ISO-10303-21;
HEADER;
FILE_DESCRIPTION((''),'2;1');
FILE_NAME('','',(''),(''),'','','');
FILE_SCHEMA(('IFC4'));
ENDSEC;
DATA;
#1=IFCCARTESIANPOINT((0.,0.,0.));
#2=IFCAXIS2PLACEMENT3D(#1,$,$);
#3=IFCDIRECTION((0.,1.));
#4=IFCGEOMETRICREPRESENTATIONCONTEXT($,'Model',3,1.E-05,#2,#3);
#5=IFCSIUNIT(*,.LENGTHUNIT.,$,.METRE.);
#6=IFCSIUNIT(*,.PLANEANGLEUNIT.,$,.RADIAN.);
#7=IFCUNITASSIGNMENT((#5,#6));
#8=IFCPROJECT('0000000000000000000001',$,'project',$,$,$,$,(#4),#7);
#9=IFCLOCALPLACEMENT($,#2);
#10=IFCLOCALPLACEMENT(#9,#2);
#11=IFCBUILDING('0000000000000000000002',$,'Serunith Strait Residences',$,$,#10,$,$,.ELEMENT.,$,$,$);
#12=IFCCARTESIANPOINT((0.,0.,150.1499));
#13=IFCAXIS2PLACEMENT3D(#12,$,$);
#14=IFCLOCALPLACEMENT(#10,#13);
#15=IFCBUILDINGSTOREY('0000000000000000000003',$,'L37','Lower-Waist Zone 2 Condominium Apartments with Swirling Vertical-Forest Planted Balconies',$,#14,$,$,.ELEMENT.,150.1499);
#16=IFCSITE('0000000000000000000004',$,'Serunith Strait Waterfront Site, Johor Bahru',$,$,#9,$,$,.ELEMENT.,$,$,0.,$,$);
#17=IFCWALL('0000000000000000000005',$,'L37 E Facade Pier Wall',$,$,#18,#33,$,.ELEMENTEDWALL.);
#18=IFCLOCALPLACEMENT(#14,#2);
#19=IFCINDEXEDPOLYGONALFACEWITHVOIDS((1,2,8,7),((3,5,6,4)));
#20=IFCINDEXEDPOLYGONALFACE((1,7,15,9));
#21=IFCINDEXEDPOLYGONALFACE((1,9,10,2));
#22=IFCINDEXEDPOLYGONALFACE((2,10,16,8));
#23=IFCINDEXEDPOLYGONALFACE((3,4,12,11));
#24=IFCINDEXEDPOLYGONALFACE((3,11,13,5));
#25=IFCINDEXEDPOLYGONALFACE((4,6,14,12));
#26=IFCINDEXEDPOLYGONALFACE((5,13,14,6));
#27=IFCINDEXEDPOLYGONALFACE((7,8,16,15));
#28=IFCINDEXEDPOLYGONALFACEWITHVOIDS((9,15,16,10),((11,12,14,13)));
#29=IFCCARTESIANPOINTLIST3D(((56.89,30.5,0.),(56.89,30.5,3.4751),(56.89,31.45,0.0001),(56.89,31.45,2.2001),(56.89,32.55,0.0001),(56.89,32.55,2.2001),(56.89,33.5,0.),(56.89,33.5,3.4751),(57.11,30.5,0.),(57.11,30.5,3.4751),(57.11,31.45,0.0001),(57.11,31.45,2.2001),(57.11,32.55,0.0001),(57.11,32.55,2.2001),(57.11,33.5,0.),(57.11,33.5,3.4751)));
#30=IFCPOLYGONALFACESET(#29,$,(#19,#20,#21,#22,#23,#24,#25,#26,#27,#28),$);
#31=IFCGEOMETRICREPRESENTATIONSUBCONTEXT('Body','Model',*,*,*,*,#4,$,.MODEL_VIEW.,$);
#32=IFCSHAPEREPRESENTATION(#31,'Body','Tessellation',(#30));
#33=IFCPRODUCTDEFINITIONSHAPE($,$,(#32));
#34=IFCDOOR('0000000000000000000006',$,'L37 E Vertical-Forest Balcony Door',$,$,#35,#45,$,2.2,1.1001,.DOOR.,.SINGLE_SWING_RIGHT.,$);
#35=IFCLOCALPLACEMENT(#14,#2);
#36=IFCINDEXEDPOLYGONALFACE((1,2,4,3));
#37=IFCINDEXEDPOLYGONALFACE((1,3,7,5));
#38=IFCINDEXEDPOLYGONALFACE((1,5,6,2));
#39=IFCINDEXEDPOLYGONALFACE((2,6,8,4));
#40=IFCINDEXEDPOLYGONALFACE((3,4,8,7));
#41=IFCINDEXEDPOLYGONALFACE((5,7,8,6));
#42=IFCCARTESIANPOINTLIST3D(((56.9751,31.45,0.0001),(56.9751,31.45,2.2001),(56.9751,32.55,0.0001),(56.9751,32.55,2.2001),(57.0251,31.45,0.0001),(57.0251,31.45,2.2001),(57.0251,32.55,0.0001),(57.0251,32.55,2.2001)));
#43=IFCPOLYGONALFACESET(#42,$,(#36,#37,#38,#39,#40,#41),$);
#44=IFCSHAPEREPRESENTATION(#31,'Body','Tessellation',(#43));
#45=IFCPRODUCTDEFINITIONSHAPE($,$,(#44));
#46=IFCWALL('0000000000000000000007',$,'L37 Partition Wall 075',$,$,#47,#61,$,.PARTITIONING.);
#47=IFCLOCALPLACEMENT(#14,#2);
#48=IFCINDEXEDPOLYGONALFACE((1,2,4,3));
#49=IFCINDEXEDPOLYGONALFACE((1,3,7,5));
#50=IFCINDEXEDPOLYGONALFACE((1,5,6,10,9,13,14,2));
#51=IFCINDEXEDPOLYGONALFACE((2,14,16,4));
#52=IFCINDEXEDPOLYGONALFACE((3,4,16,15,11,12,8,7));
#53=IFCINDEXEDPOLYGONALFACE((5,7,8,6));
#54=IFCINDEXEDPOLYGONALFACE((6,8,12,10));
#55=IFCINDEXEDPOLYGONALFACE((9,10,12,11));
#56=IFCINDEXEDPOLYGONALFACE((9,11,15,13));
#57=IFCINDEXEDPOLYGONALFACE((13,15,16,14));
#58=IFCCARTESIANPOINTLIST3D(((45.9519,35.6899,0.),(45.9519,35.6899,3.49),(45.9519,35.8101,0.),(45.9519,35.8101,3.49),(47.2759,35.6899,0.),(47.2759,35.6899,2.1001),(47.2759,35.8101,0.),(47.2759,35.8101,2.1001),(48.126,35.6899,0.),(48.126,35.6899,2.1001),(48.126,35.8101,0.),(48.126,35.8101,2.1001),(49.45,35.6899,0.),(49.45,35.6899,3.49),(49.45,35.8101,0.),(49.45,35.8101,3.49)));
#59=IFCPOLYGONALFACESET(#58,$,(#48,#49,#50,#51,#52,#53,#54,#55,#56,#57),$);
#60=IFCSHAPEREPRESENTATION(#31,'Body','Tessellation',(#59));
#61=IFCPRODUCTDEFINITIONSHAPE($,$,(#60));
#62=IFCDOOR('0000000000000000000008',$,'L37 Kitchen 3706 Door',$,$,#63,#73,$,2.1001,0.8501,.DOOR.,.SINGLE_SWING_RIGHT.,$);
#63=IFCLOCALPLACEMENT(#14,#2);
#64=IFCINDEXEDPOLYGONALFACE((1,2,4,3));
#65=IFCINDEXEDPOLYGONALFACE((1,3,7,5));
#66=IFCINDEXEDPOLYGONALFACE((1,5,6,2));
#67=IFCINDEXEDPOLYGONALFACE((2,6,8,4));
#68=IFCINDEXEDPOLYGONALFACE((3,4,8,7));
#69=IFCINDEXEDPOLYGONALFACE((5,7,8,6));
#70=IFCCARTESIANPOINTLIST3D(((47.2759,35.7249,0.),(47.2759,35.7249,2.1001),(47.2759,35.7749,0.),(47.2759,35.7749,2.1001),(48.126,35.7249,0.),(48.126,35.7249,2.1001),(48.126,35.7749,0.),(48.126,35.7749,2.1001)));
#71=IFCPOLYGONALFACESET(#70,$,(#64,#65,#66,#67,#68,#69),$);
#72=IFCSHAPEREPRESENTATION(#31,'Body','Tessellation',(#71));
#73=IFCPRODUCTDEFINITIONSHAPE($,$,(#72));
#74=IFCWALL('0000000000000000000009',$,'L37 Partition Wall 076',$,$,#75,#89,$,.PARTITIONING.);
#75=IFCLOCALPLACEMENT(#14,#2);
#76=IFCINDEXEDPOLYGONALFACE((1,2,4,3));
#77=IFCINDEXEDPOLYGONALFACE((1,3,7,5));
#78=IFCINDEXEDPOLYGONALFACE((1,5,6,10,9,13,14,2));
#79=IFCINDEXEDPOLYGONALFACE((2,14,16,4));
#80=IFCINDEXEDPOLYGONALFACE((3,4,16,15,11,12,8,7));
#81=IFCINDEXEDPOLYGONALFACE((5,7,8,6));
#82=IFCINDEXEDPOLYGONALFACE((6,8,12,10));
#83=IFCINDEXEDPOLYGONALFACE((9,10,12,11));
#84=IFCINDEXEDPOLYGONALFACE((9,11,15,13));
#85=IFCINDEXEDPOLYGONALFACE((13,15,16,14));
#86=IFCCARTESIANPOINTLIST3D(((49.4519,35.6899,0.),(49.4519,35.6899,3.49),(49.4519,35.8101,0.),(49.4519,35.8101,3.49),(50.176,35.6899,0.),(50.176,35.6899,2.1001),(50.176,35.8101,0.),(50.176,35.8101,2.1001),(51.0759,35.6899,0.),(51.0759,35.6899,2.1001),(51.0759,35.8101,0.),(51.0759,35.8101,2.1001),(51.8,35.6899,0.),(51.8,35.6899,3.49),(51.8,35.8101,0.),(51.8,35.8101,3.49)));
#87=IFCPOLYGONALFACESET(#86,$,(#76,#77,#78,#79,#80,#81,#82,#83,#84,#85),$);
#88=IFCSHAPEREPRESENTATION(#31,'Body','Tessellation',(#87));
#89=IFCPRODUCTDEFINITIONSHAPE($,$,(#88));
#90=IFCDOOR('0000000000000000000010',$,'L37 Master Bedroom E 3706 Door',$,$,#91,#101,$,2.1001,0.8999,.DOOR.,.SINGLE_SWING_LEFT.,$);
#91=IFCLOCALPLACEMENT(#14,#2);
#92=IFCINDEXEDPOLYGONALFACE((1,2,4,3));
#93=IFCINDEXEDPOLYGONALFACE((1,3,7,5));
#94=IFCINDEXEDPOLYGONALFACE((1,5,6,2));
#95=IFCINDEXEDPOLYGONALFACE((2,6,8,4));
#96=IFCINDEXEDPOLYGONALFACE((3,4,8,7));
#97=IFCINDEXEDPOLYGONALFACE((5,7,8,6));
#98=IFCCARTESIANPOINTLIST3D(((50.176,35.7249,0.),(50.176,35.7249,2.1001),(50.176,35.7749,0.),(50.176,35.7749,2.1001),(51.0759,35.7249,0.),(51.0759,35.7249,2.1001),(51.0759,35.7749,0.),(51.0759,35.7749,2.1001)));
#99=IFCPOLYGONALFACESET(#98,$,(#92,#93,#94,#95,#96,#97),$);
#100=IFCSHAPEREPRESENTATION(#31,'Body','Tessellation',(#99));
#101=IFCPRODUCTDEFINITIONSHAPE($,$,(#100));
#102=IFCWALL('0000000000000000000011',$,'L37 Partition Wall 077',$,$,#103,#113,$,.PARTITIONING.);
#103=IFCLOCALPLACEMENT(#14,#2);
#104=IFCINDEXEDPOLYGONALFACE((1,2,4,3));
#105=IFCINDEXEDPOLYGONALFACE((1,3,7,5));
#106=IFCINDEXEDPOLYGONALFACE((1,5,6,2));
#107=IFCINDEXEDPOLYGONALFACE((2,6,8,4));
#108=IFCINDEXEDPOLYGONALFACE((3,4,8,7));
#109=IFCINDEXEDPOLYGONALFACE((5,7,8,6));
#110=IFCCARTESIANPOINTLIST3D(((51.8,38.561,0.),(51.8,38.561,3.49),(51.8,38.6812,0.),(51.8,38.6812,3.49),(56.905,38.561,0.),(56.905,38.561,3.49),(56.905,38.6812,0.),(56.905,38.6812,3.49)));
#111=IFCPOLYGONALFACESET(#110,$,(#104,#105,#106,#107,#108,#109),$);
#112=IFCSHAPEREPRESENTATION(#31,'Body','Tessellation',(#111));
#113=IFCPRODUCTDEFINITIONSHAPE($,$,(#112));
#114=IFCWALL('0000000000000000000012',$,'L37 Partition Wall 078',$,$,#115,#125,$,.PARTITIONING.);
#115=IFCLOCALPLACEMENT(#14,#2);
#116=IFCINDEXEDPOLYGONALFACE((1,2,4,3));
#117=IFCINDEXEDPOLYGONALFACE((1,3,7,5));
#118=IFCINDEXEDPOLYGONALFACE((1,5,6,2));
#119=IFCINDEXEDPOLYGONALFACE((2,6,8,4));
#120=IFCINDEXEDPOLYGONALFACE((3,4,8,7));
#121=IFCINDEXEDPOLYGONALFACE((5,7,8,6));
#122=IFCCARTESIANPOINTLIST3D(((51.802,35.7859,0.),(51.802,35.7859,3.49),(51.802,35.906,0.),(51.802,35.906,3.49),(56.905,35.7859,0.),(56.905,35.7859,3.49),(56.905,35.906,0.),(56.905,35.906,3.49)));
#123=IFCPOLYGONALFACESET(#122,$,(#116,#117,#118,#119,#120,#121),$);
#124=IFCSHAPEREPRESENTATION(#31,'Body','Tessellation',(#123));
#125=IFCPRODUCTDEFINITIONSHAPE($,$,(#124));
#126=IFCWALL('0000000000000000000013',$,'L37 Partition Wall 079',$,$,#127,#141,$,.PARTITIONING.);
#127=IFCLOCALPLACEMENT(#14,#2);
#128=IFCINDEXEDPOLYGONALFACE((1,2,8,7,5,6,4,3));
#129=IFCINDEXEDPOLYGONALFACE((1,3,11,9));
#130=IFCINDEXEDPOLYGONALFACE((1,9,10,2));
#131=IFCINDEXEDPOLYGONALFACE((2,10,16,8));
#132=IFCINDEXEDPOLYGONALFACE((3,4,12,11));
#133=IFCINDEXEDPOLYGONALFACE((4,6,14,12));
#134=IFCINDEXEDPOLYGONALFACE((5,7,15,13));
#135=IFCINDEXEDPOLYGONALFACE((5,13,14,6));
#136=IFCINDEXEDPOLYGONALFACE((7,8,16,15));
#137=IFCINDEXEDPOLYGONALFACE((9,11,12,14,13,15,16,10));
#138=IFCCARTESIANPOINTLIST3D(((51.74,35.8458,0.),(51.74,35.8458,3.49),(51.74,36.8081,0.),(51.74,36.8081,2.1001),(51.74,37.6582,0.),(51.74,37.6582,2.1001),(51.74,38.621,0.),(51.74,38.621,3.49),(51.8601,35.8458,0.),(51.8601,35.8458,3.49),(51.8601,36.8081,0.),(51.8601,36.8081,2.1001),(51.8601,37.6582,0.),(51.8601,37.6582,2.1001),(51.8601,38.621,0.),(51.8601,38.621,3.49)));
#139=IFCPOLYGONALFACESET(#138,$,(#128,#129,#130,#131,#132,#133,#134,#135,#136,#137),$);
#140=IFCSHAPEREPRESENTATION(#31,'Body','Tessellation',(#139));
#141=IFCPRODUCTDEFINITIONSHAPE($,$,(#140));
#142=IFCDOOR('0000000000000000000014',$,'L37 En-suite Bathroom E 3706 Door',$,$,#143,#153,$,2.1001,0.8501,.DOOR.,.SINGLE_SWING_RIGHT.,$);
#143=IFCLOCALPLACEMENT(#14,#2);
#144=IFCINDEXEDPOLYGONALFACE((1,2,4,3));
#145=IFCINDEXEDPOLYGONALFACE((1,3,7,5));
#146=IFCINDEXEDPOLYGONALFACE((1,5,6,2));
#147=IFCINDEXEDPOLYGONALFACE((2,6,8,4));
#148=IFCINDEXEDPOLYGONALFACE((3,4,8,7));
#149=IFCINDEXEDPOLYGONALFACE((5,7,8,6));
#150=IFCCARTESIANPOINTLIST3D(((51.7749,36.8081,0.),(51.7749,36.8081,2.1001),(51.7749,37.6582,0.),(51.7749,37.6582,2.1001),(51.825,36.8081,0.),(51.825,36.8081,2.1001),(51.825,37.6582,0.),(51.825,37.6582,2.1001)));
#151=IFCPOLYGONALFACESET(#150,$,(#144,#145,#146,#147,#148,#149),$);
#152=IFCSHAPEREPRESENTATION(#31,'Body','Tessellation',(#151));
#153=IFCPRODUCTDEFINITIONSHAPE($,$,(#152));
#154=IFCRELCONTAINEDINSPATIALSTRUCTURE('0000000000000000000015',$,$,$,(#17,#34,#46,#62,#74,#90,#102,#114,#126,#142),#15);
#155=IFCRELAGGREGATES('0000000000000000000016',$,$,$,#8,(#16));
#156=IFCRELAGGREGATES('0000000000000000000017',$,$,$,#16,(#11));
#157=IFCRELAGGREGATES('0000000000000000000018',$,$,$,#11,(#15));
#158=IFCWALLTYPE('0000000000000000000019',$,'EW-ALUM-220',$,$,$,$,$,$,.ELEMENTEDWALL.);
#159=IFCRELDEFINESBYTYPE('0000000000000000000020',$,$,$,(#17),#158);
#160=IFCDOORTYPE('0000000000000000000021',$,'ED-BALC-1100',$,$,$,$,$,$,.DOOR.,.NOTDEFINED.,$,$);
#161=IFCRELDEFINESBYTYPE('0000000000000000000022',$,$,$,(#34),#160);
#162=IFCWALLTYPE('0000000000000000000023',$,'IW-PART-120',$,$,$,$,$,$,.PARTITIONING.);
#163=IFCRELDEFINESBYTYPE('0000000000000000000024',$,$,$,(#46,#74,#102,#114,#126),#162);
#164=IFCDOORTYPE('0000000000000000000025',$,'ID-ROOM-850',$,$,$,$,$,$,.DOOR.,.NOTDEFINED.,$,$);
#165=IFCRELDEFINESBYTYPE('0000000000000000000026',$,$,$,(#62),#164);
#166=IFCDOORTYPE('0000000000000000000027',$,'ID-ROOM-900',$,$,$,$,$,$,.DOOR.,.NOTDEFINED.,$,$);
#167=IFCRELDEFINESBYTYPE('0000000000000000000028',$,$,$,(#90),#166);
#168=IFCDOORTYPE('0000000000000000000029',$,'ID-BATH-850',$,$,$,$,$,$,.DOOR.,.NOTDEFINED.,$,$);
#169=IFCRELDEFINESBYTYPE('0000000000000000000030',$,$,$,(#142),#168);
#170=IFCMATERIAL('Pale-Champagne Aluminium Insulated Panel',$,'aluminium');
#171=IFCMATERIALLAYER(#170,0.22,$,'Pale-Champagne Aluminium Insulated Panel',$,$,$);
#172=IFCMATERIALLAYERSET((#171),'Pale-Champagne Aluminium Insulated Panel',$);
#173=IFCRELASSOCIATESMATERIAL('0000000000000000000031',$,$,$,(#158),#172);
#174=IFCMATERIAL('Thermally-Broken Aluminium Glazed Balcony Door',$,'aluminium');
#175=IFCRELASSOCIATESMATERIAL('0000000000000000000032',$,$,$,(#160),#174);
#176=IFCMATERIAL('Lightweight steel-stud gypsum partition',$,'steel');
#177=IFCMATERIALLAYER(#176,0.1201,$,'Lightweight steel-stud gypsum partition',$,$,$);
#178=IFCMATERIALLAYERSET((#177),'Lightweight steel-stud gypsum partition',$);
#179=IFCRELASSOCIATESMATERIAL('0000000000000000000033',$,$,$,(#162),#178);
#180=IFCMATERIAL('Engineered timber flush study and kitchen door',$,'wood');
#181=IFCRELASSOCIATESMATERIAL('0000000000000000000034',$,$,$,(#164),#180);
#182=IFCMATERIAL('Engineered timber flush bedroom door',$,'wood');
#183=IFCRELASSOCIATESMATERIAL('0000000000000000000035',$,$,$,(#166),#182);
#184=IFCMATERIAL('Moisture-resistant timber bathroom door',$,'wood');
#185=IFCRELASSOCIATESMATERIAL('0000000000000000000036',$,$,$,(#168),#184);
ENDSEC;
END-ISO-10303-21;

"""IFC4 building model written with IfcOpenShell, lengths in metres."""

from ifc_helpers import new_model, si_unit, direction, frame, frame_2d, origin, place, context, subcontext, project, spatial, rectangle, extrude, source, transform, mapped, material, layer, layer_set, type_object, element, fill, save


model = new_model("IFC4")

# Units and contexts
model_context = context("Model", 3, precision=1e-05, world=origin(), true_north=direction((0.0, 1.0)))
body_context = subcontext(model_context, "Body", "Model", "MODEL_VIEW")
ifc_project = project(units=[si_unit("LENGTHUNIT", "METRE"), si_unit("PLANEANGLEUNIT", "RADIAN")], contexts=[model_context])

# Site, building, storey
site_placement = place(None, origin())
site = spatial("IfcSite", under=ifc_project, at=site_placement, Name="Serunith Strait Waterfront Site, Johor Bahru", CompositionType="ELEMENT", RefElevation=0.0)
building_placement = place(site_placement, origin())
building = spatial("IfcBuilding", under=site, at=building_placement, Name="Serunith Strait Residences", CompositionType="ELEMENT")
storey_placement = place(building_placement, frame((0.0, 0.0, 150.1499)))
storey = spatial("IfcBuildingStorey", under=building, at=storey_placement, Name="L37", Description="Lower-Waist Zone 2 Condominium Apartments with Swirling Vertical-Forest Planted Balconies", CompositionType="ELEMENT", Elevation=150.1499)

# Walls, openings, doors
ifc_material_1 = material(Name="Pale-Champagne Aluminium Insulated Panel", Category="aluminium")
ifc_layer_1 = layer(ifc_material_1, 0.22, Name="Pale-Champagne Aluminium Insulated Panel")
ifc_layer_set_1 = layer_set([ifc_layer_1], Name="Pale-Champagne Aluminium Insulated Panel")
wall_type_1 = type_object("IfcWallType", Name="EW-ALUM-220", PredefinedType="ELEMENTEDWALL", material=ifc_layer_set_1)
wall_1_placement = place(storey_placement, frame((57.0, 30.5, 0.0), z_axis=(0.0, 0.0, 1.0), x_axis=(0.0, 1.0, 0.0)))
wall_1 = element("IfcWall", 1, at=wall_1_placement, inside=storey, type_object=wall_type_1, Name="L37 E Facade Pier Wall", PredefinedType="ELEMENTEDWALL", context=body_context, shape_type="SweptSolid", body=[
    extrude(rectangle(XDim=3.0, YDim=0.22, at=frame_2d((1.5, 0.0))), origin(), (0.0, 0.0, 1.0), 3.4751),
])
opening_1_placement = place(wall_1_placement, frame((0.95, 0.0, 0.0)))
opening_1 = element("IfcOpeningElement", 2, at=opening_1_placement, cuts=wall_1, PredefinedType="OPENING", context=body_context, shape_type="SweptSolid", body=[
    extrude(rectangle(XDim=1.1001, YDim=2.2, at=frame_2d((0.55, 1.1001))), frame((0.0, 0.1201, 0.0), z_axis=(0.0, -1.0, 0.0), x_axis=(1.0, 0.0, 0.0)), (0.0, 0.0, 1.0), 0.24),
])
ifc_material_2 = material(Name="Thermally-Broken Aluminium Glazed Balcony Door", Category="aluminium")
door_type_1 = type_object("IfcDoorType", Name="ED-BALC-1100", OperationType="NOTDEFINED", PredefinedType="DOOR", material=ifc_material_2)
shared_shape_1 = source(origin(), body_context, "Body", "SweptSolid", [
    extrude(rectangle(XDim=1.1001, YDim=2.2, at=frame_2d((0.55, 1.1001))), frame((0.0, 0.0249, 0.0), z_axis=(0.0, -1.0, 0.0), x_axis=(1.0, 0.0, 0.0)), (0.0, 0.0, 1.0), 0.05),
])
door_1_placement = place(opening_1_placement, origin())
door_1 = element("IfcDoor", 3, at=door_1_placement, inside=storey, type_object=door_type_1, Name="L37 E Vertical-Forest Balcony Door", OperationType="SINGLE_SWING_RIGHT", OverallHeight=2.2, OverallWidth=1.1001, PredefinedType="DOOR", context=body_context, shape_type="MappedRepresentation", body=[
    mapped(shared_shape_1, transform((0.0, 0.0, 0.0), scale=1.0)),
])
fill(opening_1, door_1)
ifc_material_3 = material(Name="Lightweight steel-stud gypsum partition", Category="steel")
ifc_layer_2 = layer(ifc_material_3, 0.1201, Name="Lightweight steel-stud gypsum partition")
ifc_layer_set_2 = layer_set([ifc_layer_2], Name="Lightweight steel-stud gypsum partition")
wall_type_2 = type_object("IfcWallType", Name="IW-PART-120", PredefinedType="PARTITIONING", material=ifc_layer_set_2)
wall_2_placement = place(storey_placement, frame((45.9519, 35.75, 0.0), z_axis=(0.0, 0.0, 1.0), x_axis=(1.0, 0.0, 0.0)))
wall_2 = element("IfcWall", 4, at=wall_2_placement, inside=storey, type_object=wall_type_2, Name="L37 Partition Wall 075", PredefinedType="PARTITIONING", context=body_context, shape_type="SweptSolid", body=[
    extrude(rectangle(XDim=3.498, YDim=0.1201, at=frame_2d((1.749, 0.0))), origin(), (0.0, 0.0, 1.0), 3.49),
])
opening_2_placement = place(wall_2_placement, frame((1.324, 0.0, 0.0)))
opening_2 = element("IfcOpeningElement", 5, at=opening_2_placement, cuts=wall_2, PredefinedType="OPENING", context=body_context, shape_type="SweptSolid", body=[
    extrude(rectangle(XDim=0.8501, YDim=2.1001, at=frame_2d((0.425, 1.05))), frame((0.0, 0.0701, 0.0), z_axis=(0.0, -1.0, 0.0), x_axis=(1.0, 0.0, 0.0)), (0.0, 0.0, 1.0), 0.1401),
])
ifc_material_4 = material(Name="Engineered timber flush study and kitchen door", Category="wood")
door_type_2 = type_object("IfcDoorType", Name="ID-ROOM-850", OperationType="NOTDEFINED", PredefinedType="DOOR", material=ifc_material_4)
shared_shape_2 = source(origin(), body_context, "Body", "SweptSolid", [
    extrude(rectangle(XDim=0.8501, YDim=2.1001, at=frame_2d((0.425, 1.05))), frame((0.0, 0.0249, 0.0), z_axis=(0.0, -1.0, 0.0), x_axis=(1.0, 0.0, 0.0)), (0.0, 0.0, 1.0), 0.05),
])
door_2_placement = place(opening_2_placement, origin())
door_2 = element("IfcDoor", 6, at=door_2_placement, inside=storey, type_object=door_type_2, Name="L37 Kitchen 3706 Door", OperationType="SINGLE_SWING_RIGHT", OverallHeight=2.1001, OverallWidth=0.8501, PredefinedType="DOOR", context=body_context, shape_type="MappedRepresentation", body=[
    mapped(shared_shape_2, transform((0.0, 0.0, 0.0), scale=1.0)),
])
fill(opening_2, door_2)
wall_3_placement = place(storey_placement, frame((49.4519, 35.75, 0.0), z_axis=(0.0, 0.0, 1.0), x_axis=(1.0, 0.0, 0.0)))
wall_3 = element("IfcWall", 7, at=wall_3_placement, inside=storey, type_object=wall_type_2, Name="L37 Partition Wall 076", PredefinedType="PARTITIONING", context=body_context, shape_type="SweptSolid", body=[
    extrude(rectangle(XDim=2.3481, YDim=0.1201, at=frame_2d((1.1741, 0.0))), origin(), (0.0, 0.0, 1.0), 3.49),
])
opening_3_placement = place(wall_3_placement, frame((0.7241, 0.0, 0.0)))
opening_3 = element("IfcOpeningElement", 8, at=opening_3_placement, cuts=wall_3, PredefinedType="OPENING", context=body_context, shape_type="SweptSolid", body=[
    extrude(rectangle(XDim=0.8999, YDim=2.1001, at=frame_2d((0.45, 1.05))), frame((0.0, 0.0701, 0.0), z_axis=(0.0, -1.0, 0.0), x_axis=(1.0, 0.0, 0.0)), (0.0, 0.0, 1.0), 0.1401),
])
ifc_material_5 = material(Name="Engineered timber flush bedroom door", Category="wood")
door_type_3 = type_object("IfcDoorType", Name="ID-ROOM-900", OperationType="NOTDEFINED", PredefinedType="DOOR", material=ifc_material_5)
shared_shape_3 = source(origin(), body_context, "Body", "SweptSolid", [
    extrude(rectangle(XDim=0.8999, YDim=2.1001, at=frame_2d((0.45, 1.05))), frame((0.0, 0.0249, 0.0), z_axis=(0.0, -1.0, 0.0), x_axis=(1.0, 0.0, 0.0)), (0.0, 0.0, 1.0), 0.05),
])
door_3_placement = place(opening_3_placement, origin())
door_3 = element("IfcDoor", 9, at=door_3_placement, inside=storey, type_object=door_type_3, Name="L37 Master Bedroom E 3706 Door", OperationType="SINGLE_SWING_LEFT", OverallHeight=2.1001, OverallWidth=0.8999, PredefinedType="DOOR", context=body_context, shape_type="MappedRepresentation", body=[
    mapped(shared_shape_3, transform((0.0, 0.0, 0.0), scale=1.0)),
])
fill(opening_3, door_3)

# Walls
wall_4_placement = place(storey_placement, frame((51.8, 38.6211, 0.0), z_axis=(0.0, 0.0, 1.0), x_axis=(1.0, 0.0, 0.0)))
element("IfcWall", 10, at=wall_4_placement, inside=storey, type_object=wall_type_2, Name="L37 Partition Wall 077", PredefinedType="PARTITIONING", context=body_context, shape_type="SweptSolid", body=[
    extrude(rectangle(XDim=5.105, YDim=0.1201, at=frame_2d((2.5525, 0.0))), origin(), (0.0, 0.0, 1.0), 3.49),
])
wall_5_placement = place(storey_placement, frame((51.802, 35.8459, 0.0), z_axis=(0.0, 0.0, 1.0), x_axis=(1.0, 0.0, 0.0)))
element("IfcWall", 11, at=wall_5_placement, inside=storey, type_object=wall_type_2, Name="L37 Partition Wall 078", PredefinedType="PARTITIONING", context=body_context, shape_type="SweptSolid", body=[
    extrude(rectangle(XDim=5.103, YDim=0.1201, at=frame_2d((2.5515, 0.0))), origin(), (0.0, 0.0, 1.0), 3.49),
])

# Wall, opening, door
wall_6_placement = place(storey_placement, frame((51.8, 38.6211, 0.0), z_axis=(0.0, 0.0, 1.0), x_axis=(0.0, -1.0, 0.0)))
wall_6 = element("IfcWall", 12, at=wall_6_placement, inside=storey, type_object=wall_type_2, Name="L37 Partition Wall 079", PredefinedType="PARTITIONING", context=body_context, shape_type="SweptSolid", body=[
    extrude(rectangle(XDim=2.7751, YDim=0.1201, at=frame_2d((1.3877, 0.0))), origin(), (0.0, 0.0, 1.0), 3.49),
])
opening_4_placement = place(wall_6_placement, frame((0.9629, 0.0, 0.0)))
opening_4 = element("IfcOpeningElement", 13, at=opening_4_placement, cuts=wall_6, PredefinedType="OPENING", context=body_context, shape_type="SweptSolid", body=[
    extrude(rectangle(XDim=0.8501, YDim=2.1001, at=frame_2d((0.425, 1.05))), frame((0.0, 0.0701, 0.0), z_axis=(0.0, -1.0, 0.0), x_axis=(1.0, 0.0, 0.0)), (0.0, 0.0, 1.0), 0.1401),
])
ifc_material_6 = material(Name="Moisture-resistant timber bathroom door", Category="wood")
door_type_4 = type_object("IfcDoorType", Name="ID-BATH-850", OperationType="NOTDEFINED", PredefinedType="DOOR", material=ifc_material_6)
door_4_placement = place(opening_4_placement, origin())
door_4 = element("IfcDoor", 14, at=door_4_placement, inside=storey, type_object=door_type_4, Name="L37 En-suite Bathroom E 3706 Door", OperationType="SINGLE_SWING_RIGHT", OverallHeight=2.1001, OverallWidth=0.8501, PredefinedType="DOOR", context=body_context, shape_type="MappedRepresentation", body=[
    mapped(shared_shape_2, transform((0.0, 0.0, 0.0), scale=1.0)),
])
fill(opening_4, door_4)

save(model, "model.ifc")
